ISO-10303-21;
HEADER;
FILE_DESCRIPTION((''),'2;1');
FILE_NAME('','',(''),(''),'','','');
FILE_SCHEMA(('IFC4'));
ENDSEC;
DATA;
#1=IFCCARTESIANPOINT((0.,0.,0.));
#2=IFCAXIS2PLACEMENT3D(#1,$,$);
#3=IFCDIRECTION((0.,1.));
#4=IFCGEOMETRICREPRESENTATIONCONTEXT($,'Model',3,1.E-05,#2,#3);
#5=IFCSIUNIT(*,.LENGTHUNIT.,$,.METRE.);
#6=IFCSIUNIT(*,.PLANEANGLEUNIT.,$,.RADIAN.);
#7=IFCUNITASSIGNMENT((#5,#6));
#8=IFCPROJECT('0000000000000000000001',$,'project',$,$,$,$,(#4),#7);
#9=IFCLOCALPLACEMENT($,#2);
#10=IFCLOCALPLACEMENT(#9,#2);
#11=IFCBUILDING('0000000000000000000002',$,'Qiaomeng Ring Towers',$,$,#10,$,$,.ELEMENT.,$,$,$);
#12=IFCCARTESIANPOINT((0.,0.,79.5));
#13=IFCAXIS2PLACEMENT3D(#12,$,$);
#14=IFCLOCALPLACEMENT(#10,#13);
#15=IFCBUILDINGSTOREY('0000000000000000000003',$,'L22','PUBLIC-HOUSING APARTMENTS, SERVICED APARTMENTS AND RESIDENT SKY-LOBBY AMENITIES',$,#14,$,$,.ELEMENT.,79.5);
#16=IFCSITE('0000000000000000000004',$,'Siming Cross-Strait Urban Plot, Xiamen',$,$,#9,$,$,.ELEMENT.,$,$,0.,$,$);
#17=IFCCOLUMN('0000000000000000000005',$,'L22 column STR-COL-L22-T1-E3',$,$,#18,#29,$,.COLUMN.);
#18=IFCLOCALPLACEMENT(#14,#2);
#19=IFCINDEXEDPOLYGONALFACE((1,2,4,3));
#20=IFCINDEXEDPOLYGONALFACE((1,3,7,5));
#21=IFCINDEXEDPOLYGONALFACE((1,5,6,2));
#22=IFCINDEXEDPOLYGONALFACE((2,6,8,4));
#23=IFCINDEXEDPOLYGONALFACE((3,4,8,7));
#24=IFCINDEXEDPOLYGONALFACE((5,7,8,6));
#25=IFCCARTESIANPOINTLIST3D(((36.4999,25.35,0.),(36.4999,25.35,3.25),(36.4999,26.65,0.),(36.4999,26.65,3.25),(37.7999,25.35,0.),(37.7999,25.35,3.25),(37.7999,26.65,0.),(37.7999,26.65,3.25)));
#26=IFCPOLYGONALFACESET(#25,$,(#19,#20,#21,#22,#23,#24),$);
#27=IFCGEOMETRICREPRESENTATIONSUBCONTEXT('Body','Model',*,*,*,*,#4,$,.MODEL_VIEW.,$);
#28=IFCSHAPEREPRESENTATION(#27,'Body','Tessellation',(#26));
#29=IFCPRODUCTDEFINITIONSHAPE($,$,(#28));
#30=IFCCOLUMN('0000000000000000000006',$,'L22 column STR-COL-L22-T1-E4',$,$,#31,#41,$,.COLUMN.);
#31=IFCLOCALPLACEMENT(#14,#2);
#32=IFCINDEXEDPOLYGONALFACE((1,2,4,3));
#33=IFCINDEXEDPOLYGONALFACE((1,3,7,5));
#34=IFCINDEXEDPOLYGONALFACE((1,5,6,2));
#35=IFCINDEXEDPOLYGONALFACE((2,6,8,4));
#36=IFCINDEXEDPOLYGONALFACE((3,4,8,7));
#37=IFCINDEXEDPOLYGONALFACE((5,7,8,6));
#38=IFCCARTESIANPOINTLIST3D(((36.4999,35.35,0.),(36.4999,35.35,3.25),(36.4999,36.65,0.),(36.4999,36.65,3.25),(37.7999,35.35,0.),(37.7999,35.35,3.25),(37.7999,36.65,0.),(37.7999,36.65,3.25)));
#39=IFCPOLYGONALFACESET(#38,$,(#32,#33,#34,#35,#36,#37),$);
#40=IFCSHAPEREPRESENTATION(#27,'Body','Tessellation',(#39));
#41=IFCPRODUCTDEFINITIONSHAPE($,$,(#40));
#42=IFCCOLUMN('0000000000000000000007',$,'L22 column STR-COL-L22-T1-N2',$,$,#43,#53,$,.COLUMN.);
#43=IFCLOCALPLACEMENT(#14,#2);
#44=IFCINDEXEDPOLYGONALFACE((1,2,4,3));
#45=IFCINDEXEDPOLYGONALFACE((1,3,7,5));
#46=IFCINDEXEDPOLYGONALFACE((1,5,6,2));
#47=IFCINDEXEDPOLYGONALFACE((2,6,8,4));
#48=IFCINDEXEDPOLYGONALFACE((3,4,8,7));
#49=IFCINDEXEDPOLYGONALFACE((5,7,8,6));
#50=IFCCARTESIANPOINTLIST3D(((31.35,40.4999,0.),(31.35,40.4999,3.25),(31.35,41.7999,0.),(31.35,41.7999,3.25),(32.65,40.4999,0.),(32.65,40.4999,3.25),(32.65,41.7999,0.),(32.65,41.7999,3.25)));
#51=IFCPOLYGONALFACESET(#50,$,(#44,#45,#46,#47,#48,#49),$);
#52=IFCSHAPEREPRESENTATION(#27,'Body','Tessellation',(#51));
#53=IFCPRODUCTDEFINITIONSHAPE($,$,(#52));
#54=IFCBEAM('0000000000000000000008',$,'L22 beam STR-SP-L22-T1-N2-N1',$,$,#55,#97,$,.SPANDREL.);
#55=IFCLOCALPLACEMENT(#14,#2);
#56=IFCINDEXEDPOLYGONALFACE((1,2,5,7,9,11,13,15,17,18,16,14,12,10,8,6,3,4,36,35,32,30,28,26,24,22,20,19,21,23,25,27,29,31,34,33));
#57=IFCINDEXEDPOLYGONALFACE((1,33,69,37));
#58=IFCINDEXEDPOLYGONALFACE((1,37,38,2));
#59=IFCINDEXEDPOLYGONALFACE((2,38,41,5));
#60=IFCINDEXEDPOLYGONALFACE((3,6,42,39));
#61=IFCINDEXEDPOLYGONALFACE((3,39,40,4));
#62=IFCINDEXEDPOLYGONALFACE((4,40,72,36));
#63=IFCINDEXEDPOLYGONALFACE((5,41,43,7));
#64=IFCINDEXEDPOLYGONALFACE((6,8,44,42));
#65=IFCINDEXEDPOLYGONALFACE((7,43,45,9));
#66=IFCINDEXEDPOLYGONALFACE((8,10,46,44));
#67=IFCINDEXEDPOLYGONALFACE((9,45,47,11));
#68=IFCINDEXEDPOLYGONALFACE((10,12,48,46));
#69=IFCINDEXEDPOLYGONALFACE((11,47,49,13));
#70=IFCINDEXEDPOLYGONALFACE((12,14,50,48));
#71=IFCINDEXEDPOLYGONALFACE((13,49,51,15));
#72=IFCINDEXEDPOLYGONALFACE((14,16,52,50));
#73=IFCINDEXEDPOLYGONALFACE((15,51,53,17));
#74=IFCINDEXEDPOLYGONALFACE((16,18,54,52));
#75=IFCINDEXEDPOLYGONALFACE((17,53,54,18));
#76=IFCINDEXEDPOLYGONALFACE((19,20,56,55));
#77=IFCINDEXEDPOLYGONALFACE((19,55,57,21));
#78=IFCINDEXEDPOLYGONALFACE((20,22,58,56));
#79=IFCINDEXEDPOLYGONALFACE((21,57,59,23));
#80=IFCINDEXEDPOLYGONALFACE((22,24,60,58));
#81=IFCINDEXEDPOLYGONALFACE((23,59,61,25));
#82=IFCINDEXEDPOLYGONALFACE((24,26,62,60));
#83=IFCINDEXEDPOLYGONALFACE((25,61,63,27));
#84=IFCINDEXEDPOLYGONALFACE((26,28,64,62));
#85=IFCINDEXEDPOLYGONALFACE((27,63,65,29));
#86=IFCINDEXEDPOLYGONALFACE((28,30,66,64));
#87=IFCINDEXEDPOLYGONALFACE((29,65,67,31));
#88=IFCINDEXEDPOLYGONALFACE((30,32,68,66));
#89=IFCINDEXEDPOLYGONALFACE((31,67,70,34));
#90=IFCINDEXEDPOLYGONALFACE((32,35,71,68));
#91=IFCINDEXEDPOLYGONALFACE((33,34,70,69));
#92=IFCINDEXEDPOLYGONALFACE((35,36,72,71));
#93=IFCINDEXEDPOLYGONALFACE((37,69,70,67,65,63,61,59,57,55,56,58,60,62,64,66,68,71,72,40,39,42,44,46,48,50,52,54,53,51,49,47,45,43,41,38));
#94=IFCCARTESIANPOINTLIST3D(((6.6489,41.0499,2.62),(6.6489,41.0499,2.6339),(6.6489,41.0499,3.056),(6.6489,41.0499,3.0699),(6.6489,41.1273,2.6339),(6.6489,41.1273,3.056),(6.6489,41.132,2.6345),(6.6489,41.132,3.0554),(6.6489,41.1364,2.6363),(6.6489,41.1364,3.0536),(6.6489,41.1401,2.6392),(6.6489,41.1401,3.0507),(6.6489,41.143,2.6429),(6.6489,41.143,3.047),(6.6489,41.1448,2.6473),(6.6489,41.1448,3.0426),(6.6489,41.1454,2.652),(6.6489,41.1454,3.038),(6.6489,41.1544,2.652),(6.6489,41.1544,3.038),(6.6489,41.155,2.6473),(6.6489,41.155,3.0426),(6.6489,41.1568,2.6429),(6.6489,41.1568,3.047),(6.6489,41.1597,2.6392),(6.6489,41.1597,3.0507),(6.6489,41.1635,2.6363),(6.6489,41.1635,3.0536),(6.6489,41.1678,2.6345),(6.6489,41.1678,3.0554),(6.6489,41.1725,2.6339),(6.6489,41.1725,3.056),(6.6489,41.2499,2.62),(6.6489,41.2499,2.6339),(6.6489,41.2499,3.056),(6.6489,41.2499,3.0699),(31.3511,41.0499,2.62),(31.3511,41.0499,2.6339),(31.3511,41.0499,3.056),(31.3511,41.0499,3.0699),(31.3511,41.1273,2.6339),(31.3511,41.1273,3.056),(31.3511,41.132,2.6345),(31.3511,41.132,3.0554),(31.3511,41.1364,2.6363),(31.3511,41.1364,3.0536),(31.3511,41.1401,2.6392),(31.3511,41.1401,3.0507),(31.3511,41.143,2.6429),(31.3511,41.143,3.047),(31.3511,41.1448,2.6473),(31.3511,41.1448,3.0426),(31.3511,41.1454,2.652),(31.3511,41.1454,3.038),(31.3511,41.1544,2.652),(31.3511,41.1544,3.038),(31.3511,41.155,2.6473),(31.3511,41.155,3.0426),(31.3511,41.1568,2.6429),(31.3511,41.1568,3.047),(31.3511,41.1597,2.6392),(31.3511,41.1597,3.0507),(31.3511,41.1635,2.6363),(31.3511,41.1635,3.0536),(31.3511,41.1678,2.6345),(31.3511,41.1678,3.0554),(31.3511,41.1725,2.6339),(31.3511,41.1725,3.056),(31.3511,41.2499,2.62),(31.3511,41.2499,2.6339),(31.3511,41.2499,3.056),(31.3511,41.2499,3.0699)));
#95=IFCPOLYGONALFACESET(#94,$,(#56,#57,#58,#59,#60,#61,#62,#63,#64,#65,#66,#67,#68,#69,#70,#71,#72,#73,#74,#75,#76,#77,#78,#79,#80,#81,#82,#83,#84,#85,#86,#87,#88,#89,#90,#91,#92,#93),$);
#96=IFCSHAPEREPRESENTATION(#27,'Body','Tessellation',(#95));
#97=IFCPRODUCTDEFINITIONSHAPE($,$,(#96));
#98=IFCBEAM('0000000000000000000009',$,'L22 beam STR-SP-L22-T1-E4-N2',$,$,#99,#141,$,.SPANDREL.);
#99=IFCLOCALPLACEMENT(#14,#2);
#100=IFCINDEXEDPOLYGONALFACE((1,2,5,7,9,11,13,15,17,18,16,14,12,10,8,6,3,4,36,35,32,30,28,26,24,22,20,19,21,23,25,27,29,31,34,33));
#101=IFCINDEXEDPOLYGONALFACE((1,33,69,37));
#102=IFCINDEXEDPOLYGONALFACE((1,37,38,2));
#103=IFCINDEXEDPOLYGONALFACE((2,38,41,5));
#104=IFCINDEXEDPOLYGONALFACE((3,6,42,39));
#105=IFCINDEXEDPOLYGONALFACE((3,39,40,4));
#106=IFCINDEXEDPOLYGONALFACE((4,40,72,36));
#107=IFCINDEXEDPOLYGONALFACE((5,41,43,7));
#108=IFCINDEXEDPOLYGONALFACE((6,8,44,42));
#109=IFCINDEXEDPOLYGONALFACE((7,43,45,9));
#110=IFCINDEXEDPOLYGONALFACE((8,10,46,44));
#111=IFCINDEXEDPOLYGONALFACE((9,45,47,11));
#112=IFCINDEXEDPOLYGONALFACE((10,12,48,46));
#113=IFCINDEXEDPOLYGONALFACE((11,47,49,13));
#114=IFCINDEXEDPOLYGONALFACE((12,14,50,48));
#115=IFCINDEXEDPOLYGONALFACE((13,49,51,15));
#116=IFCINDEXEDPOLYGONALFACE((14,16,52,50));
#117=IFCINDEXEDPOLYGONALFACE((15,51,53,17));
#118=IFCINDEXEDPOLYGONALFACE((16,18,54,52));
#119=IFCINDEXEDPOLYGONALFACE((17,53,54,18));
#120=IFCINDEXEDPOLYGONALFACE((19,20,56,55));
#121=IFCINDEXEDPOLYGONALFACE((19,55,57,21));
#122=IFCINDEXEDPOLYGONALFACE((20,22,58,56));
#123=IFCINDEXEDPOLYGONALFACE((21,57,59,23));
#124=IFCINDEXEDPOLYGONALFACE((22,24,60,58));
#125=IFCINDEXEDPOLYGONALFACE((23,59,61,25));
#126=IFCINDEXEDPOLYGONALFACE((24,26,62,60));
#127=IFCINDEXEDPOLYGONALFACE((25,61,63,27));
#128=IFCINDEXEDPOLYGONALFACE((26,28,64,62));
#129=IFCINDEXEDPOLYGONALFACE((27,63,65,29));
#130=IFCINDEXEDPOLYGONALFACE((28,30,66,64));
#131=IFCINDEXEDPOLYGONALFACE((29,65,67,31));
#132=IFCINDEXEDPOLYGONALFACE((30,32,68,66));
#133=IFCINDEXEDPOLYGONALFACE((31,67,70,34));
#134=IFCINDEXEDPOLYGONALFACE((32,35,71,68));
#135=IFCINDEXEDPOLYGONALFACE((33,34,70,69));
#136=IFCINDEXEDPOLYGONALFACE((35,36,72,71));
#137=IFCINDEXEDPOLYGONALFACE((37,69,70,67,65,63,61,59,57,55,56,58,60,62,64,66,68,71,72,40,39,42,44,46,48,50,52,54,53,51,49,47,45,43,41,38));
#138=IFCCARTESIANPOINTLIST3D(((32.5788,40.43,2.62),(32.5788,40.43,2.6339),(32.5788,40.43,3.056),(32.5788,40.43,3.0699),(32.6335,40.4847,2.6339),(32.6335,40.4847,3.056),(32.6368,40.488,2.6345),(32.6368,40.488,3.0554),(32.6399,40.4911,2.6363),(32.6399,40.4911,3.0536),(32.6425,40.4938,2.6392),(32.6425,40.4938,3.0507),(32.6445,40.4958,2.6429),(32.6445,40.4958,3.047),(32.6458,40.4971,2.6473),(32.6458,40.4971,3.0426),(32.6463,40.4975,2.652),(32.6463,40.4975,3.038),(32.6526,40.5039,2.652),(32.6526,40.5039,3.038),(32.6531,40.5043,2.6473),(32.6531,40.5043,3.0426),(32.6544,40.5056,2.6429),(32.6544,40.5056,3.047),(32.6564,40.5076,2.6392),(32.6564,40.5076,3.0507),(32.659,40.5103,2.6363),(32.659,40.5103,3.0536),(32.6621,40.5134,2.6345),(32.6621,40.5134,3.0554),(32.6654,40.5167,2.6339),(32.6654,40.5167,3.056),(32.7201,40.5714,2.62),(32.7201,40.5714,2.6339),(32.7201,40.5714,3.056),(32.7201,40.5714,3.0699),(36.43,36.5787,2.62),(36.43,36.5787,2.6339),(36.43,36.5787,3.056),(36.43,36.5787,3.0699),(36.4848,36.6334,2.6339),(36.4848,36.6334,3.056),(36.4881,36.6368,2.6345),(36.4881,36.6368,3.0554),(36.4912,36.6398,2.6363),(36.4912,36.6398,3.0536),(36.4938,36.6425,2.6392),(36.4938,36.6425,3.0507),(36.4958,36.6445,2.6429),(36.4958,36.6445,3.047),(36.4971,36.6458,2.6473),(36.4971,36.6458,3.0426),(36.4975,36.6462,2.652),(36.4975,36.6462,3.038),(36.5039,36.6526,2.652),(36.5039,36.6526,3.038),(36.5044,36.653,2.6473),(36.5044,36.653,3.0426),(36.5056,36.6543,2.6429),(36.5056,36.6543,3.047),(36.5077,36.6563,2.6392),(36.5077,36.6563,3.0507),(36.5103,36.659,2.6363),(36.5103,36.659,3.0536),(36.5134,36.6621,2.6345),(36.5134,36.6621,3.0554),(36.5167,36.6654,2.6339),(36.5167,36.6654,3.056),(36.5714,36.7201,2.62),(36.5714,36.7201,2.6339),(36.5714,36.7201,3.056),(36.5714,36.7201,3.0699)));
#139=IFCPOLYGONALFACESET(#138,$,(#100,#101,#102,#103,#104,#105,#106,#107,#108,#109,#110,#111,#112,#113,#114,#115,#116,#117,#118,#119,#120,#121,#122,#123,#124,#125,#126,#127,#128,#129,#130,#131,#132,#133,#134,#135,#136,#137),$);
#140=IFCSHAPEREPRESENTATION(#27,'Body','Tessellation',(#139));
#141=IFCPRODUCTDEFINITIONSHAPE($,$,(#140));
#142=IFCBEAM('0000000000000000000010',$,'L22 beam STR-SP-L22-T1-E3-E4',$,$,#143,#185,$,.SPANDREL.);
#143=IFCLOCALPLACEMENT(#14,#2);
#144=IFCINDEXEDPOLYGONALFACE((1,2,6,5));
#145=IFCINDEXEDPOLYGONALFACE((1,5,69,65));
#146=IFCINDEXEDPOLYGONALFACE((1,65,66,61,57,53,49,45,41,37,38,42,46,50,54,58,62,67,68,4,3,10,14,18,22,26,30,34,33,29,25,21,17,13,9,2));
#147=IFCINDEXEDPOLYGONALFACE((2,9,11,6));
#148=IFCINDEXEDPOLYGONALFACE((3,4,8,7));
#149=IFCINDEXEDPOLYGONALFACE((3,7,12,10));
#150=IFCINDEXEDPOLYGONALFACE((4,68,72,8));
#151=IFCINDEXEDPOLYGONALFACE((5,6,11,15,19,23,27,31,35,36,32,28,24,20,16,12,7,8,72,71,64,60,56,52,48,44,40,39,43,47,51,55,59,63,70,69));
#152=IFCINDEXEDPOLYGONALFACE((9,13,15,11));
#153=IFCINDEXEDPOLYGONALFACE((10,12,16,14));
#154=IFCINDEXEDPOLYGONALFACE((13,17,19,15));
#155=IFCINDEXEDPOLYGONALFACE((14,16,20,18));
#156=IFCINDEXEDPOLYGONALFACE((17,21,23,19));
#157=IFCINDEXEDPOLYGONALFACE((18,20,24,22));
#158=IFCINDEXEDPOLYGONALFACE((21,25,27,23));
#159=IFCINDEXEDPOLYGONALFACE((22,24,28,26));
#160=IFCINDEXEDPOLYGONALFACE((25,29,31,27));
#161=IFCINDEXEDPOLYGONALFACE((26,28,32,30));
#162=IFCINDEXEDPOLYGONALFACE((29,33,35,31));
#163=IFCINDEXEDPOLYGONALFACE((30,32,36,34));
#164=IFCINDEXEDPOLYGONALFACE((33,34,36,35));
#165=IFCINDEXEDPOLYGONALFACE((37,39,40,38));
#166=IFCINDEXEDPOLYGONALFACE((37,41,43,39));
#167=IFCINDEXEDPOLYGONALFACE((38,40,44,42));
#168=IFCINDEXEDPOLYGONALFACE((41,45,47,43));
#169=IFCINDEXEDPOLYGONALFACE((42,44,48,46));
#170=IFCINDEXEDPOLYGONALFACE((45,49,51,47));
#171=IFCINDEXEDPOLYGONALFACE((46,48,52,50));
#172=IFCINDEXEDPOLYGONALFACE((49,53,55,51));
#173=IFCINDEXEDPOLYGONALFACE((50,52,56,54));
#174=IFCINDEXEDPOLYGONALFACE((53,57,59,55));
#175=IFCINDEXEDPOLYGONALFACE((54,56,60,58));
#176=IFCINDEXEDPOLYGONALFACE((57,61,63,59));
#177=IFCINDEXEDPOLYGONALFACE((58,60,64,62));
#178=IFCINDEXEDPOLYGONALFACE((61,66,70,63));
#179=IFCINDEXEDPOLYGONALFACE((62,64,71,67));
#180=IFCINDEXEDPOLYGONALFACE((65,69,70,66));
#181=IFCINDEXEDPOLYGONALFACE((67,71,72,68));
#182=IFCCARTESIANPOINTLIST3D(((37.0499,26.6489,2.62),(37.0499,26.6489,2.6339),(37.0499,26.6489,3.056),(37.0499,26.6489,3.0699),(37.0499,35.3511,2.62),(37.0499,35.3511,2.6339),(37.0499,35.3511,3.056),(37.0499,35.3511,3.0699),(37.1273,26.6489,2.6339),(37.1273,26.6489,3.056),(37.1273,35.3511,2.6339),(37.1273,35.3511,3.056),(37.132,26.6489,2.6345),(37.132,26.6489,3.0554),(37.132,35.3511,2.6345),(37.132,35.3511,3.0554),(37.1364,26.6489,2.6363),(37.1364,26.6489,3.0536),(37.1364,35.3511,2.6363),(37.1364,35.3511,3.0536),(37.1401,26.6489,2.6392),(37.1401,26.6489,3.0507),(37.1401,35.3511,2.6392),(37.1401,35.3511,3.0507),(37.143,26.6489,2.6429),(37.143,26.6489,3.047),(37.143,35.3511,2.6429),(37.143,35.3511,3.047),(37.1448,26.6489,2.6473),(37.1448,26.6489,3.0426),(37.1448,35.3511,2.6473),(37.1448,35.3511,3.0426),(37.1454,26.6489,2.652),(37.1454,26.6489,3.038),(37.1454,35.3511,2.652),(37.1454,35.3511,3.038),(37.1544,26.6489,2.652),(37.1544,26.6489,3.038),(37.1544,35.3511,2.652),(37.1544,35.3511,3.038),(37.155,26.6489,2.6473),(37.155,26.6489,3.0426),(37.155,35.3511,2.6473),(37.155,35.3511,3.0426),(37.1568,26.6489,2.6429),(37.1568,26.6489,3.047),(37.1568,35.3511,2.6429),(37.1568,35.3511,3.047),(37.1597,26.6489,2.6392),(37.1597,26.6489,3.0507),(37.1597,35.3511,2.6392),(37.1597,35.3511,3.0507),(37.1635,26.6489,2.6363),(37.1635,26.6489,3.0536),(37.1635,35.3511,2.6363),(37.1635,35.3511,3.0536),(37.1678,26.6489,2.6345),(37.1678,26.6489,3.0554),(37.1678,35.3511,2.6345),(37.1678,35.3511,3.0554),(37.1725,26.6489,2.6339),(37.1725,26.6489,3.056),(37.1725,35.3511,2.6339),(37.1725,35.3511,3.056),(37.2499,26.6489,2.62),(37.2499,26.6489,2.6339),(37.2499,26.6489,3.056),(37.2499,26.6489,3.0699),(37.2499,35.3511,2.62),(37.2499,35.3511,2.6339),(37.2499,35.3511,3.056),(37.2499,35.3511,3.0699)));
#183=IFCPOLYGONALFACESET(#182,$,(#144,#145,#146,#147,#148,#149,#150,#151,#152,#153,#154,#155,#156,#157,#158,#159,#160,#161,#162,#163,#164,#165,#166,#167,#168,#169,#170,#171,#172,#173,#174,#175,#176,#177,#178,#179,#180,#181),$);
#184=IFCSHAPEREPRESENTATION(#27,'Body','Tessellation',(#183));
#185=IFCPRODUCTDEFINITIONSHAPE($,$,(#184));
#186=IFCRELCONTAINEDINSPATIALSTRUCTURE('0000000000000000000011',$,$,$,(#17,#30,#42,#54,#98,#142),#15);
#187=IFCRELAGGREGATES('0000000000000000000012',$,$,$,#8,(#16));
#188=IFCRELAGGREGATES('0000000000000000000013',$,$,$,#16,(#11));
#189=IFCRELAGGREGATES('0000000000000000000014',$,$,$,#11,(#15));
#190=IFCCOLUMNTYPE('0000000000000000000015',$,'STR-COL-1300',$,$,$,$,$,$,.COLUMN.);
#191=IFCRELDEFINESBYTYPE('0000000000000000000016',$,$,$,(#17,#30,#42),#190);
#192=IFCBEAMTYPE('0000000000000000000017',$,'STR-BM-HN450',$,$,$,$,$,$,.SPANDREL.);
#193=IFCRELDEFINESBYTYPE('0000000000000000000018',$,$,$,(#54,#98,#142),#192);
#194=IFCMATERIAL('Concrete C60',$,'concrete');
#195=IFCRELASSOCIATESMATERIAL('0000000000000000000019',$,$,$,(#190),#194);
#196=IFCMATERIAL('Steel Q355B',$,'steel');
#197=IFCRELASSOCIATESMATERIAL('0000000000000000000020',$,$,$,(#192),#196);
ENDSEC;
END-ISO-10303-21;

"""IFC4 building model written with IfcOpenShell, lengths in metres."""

from ifc_helpers import new_model, si_unit, direction, frame, origin, origin_2d, place, context, subcontext, project, spatial, rectangle, i_section, extrude, source, transform, mapped, material, material_profile, profile_set, type_object, element, save


model = new_model("IFC4")

# Units and contexts
model_context = context("Model", 3, precision=1e-05, world=origin(), true_north=direction((0.0, 1.0)))
body_context = subcontext(model_context, "Body", "Model", "MODEL_VIEW")
ifc_project = project(units=[si_unit("LENGTHUNIT", "METRE"), si_unit("PLANEANGLEUNIT", "RADIAN")], contexts=[model_context])

# Site, building, storey
site_placement = place(None, origin())
site = spatial("IfcSite", under=ifc_project, at=site_placement, Name="Siming Cross-Strait Urban Plot, Xiamen", CompositionType="ELEMENT", RefElevation=0.0)
building_placement = place(site_placement, origin())
building = spatial("IfcBuilding", under=site, at=building_placement, Name="Qiaomeng Ring Towers", CompositionType="ELEMENT")
storey_placement = place(building_placement, frame((0.0, 0.0, 79.5)))
storey = spatial("IfcBuildingStorey", under=building, at=storey_placement, Name="L22", Description="PUBLIC-HOUSING APARTMENTS, SERVICED APARTMENTS AND RESIDENT SKY-LOBBY AMENITIES", CompositionType="ELEMENT", Elevation=79.5)

# Columns
ifc_material_1 = material(Name="Concrete C60", Category="concrete")
ifc_material_profile_1 = material_profile(ifc_material_1, rectangle(XDim=1.3, YDim=1.3, at=origin_2d()), Name="RC COL 1300x1300")
ifc_profile_set_1 = profile_set([ifc_material_profile_1], Name="Concrete C60")
column_type = type_object("IfcColumnType", Name="STR-COL-1300", PredefinedType="COLUMN", material=ifc_profile_set_1)
shared_shape_1 = source(origin(), body_context, "Body", "SweptSolid", [
    extrude(rectangle(XDim=1.3, YDim=1.3, at=origin_2d()), origin(), (0.0, 0.0, 1.0), 3.25),
])
for number, where, z_axis, x_axis, name in (
    (1, (37.1499, 26.0, 0.0), (0.0, 0.0, 1.0), (1.0, 0.0, 0.0), "L22 column STR-COL-L22-T1-E3"),
    (2, (37.1499, 36.0, 0.0), (0.0, 0.0, 1.0), (1.0, 0.0, 0.0), "L22 column STR-COL-L22-T1-E4"),
    (3, (32.0, 41.1499, 0.0), (0.0, 0.0, 1.0), (1.0, 0.0, 0.0), "L22 column STR-COL-L22-T1-N2"),
):
    element("IfcColumn", number, at=place(storey_placement, frame(where, z_axis=z_axis, x_axis=x_axis)), inside=storey, type_object=column_type, Name=name, PredefinedType="COLUMN", context=body_context, shape_type="MappedRepresentation", body=[
        mapped(shared_shape_1, transform((0.0, 0.0, 0.0), x_axis=(1.0, 0.0, 0.0), y_axis=(0.0, 1.0, 0.0), z_axis=(0.0, 0.0, 1.0), scale=1.0)),
    ])

# Beams
ifc_material_2 = material(Name="Steel Q355B", Category="steel")
ifc_material_profile_2 = material_profile(ifc_material_2, i_section(OverallWidth=0.2, OverallDepth=0.45, WebThickness=0.009, FlangeThickness=0.0139, FilletRadius=0.0181, at=origin_2d()), Name="HN 450x200x9x14")
ifc_profile_set_2 = profile_set([ifc_material_profile_2], Name="Steel Q355B")
beam_type_1 = type_object("IfcBeamType", Name="STR-BM-HN450", PredefinedType="SPANDREL", material=ifc_profile_set_2)
shared_shape_2 = source(origin(), body_context, "Body", "SweptSolid", [
    extrude(i_section(OverallWidth=0.2, OverallDepth=0.45, WebThickness=0.009, FlangeThickness=0.0139, FilletRadius=0.0181, at=origin_2d()), origin(), (0.0, 0.0, 1.0), 24.7021),
])
beam_1_placement = place(storey_placement, frame((31.3511, 41.1499, 2.845), z_axis=(-1.0, 0.0, 0.0), x_axis=(0.0, -1.0, 0.0)))
element("IfcBeam", 4, at=beam_1_placement, inside=storey, type_object=beam_type_1, Name="L22 beam STR-SP-L22-T1-N2-N1", PredefinedType="SPANDREL", context=body_context, shape_type="MappedRepresentation", body=[
    mapped(shared_shape_2, transform((0.0, 0.0, 0.0), x_axis=(1.0, 0.0, 0.0), y_axis=(0.0, 1.0, 0.0), z_axis=(0.0, 0.0, 1.0), scale=1.0)),
])
shared_shape_3 = source(origin(), body_context, "Body", "SweptSolid", [
    extrude(i_section(OverallWidth=0.2, OverallDepth=0.45, WebThickness=0.009, FlangeThickness=0.0139, FilletRadius=0.0181, at=origin_2d()), origin(), (0.0, 0.0, 1.0), 5.4465),
])
beam_2_placement = place(storey_placement, frame((36.5007, 36.6494, 2.845), z_axis=(-0.707107, 0.707107, 0.0), x_axis=(-0.707107, -0.707107, 0.0)))
element("IfcBeam", 5, at=beam_2_placement, inside=storey, type_object=beam_type_1, Name="L22 beam STR-SP-L22-T1-E4-N2", PredefinedType="SPANDREL", context=body_context, shape_type="MappedRepresentation", body=[
    mapped(shared_shape_3, transform((0.0, 0.0, 0.0), x_axis=(1.0, 0.0, 0.0), y_axis=(0.0, 1.0, 0.0), z_axis=(0.0, 0.0, 1.0), scale=1.0)),
])
shared_shape_4 = source(origin(), body_context, "Body", "SweptSolid", [
    extrude(i_section(OverallWidth=0.2, OverallDepth=0.45, WebThickness=0.009, FlangeThickness=0.0139, FilletRadius=0.0181, at=origin_2d()), origin(), (0.0, 0.0, 1.0), 8.7021),
])
beam_3_placement = place(storey_placement, frame((37.1499, 26.6489, 2.845), z_axis=(0.0, 1.0, 0.0), x_axis=(-1.0, 0.0, 0.0)))
element("IfcBeam", 6, at=beam_3_placement, inside=storey, type_object=beam_type_1, Name="L22 beam STR-SP-L22-T1-E3-E4", PredefinedType="SPANDREL", context=body_context, shape_type="MappedRepresentation", body=[
    mapped(shared_shape_4, transform((0.0, 0.0, 0.0), x_axis=(1.0, 0.0, 0.0), y_axis=(0.0, 1.0, 0.0), z_axis=(0.0, 0.0, 1.0), scale=1.0)),
])

save(model, "model.ifc")
